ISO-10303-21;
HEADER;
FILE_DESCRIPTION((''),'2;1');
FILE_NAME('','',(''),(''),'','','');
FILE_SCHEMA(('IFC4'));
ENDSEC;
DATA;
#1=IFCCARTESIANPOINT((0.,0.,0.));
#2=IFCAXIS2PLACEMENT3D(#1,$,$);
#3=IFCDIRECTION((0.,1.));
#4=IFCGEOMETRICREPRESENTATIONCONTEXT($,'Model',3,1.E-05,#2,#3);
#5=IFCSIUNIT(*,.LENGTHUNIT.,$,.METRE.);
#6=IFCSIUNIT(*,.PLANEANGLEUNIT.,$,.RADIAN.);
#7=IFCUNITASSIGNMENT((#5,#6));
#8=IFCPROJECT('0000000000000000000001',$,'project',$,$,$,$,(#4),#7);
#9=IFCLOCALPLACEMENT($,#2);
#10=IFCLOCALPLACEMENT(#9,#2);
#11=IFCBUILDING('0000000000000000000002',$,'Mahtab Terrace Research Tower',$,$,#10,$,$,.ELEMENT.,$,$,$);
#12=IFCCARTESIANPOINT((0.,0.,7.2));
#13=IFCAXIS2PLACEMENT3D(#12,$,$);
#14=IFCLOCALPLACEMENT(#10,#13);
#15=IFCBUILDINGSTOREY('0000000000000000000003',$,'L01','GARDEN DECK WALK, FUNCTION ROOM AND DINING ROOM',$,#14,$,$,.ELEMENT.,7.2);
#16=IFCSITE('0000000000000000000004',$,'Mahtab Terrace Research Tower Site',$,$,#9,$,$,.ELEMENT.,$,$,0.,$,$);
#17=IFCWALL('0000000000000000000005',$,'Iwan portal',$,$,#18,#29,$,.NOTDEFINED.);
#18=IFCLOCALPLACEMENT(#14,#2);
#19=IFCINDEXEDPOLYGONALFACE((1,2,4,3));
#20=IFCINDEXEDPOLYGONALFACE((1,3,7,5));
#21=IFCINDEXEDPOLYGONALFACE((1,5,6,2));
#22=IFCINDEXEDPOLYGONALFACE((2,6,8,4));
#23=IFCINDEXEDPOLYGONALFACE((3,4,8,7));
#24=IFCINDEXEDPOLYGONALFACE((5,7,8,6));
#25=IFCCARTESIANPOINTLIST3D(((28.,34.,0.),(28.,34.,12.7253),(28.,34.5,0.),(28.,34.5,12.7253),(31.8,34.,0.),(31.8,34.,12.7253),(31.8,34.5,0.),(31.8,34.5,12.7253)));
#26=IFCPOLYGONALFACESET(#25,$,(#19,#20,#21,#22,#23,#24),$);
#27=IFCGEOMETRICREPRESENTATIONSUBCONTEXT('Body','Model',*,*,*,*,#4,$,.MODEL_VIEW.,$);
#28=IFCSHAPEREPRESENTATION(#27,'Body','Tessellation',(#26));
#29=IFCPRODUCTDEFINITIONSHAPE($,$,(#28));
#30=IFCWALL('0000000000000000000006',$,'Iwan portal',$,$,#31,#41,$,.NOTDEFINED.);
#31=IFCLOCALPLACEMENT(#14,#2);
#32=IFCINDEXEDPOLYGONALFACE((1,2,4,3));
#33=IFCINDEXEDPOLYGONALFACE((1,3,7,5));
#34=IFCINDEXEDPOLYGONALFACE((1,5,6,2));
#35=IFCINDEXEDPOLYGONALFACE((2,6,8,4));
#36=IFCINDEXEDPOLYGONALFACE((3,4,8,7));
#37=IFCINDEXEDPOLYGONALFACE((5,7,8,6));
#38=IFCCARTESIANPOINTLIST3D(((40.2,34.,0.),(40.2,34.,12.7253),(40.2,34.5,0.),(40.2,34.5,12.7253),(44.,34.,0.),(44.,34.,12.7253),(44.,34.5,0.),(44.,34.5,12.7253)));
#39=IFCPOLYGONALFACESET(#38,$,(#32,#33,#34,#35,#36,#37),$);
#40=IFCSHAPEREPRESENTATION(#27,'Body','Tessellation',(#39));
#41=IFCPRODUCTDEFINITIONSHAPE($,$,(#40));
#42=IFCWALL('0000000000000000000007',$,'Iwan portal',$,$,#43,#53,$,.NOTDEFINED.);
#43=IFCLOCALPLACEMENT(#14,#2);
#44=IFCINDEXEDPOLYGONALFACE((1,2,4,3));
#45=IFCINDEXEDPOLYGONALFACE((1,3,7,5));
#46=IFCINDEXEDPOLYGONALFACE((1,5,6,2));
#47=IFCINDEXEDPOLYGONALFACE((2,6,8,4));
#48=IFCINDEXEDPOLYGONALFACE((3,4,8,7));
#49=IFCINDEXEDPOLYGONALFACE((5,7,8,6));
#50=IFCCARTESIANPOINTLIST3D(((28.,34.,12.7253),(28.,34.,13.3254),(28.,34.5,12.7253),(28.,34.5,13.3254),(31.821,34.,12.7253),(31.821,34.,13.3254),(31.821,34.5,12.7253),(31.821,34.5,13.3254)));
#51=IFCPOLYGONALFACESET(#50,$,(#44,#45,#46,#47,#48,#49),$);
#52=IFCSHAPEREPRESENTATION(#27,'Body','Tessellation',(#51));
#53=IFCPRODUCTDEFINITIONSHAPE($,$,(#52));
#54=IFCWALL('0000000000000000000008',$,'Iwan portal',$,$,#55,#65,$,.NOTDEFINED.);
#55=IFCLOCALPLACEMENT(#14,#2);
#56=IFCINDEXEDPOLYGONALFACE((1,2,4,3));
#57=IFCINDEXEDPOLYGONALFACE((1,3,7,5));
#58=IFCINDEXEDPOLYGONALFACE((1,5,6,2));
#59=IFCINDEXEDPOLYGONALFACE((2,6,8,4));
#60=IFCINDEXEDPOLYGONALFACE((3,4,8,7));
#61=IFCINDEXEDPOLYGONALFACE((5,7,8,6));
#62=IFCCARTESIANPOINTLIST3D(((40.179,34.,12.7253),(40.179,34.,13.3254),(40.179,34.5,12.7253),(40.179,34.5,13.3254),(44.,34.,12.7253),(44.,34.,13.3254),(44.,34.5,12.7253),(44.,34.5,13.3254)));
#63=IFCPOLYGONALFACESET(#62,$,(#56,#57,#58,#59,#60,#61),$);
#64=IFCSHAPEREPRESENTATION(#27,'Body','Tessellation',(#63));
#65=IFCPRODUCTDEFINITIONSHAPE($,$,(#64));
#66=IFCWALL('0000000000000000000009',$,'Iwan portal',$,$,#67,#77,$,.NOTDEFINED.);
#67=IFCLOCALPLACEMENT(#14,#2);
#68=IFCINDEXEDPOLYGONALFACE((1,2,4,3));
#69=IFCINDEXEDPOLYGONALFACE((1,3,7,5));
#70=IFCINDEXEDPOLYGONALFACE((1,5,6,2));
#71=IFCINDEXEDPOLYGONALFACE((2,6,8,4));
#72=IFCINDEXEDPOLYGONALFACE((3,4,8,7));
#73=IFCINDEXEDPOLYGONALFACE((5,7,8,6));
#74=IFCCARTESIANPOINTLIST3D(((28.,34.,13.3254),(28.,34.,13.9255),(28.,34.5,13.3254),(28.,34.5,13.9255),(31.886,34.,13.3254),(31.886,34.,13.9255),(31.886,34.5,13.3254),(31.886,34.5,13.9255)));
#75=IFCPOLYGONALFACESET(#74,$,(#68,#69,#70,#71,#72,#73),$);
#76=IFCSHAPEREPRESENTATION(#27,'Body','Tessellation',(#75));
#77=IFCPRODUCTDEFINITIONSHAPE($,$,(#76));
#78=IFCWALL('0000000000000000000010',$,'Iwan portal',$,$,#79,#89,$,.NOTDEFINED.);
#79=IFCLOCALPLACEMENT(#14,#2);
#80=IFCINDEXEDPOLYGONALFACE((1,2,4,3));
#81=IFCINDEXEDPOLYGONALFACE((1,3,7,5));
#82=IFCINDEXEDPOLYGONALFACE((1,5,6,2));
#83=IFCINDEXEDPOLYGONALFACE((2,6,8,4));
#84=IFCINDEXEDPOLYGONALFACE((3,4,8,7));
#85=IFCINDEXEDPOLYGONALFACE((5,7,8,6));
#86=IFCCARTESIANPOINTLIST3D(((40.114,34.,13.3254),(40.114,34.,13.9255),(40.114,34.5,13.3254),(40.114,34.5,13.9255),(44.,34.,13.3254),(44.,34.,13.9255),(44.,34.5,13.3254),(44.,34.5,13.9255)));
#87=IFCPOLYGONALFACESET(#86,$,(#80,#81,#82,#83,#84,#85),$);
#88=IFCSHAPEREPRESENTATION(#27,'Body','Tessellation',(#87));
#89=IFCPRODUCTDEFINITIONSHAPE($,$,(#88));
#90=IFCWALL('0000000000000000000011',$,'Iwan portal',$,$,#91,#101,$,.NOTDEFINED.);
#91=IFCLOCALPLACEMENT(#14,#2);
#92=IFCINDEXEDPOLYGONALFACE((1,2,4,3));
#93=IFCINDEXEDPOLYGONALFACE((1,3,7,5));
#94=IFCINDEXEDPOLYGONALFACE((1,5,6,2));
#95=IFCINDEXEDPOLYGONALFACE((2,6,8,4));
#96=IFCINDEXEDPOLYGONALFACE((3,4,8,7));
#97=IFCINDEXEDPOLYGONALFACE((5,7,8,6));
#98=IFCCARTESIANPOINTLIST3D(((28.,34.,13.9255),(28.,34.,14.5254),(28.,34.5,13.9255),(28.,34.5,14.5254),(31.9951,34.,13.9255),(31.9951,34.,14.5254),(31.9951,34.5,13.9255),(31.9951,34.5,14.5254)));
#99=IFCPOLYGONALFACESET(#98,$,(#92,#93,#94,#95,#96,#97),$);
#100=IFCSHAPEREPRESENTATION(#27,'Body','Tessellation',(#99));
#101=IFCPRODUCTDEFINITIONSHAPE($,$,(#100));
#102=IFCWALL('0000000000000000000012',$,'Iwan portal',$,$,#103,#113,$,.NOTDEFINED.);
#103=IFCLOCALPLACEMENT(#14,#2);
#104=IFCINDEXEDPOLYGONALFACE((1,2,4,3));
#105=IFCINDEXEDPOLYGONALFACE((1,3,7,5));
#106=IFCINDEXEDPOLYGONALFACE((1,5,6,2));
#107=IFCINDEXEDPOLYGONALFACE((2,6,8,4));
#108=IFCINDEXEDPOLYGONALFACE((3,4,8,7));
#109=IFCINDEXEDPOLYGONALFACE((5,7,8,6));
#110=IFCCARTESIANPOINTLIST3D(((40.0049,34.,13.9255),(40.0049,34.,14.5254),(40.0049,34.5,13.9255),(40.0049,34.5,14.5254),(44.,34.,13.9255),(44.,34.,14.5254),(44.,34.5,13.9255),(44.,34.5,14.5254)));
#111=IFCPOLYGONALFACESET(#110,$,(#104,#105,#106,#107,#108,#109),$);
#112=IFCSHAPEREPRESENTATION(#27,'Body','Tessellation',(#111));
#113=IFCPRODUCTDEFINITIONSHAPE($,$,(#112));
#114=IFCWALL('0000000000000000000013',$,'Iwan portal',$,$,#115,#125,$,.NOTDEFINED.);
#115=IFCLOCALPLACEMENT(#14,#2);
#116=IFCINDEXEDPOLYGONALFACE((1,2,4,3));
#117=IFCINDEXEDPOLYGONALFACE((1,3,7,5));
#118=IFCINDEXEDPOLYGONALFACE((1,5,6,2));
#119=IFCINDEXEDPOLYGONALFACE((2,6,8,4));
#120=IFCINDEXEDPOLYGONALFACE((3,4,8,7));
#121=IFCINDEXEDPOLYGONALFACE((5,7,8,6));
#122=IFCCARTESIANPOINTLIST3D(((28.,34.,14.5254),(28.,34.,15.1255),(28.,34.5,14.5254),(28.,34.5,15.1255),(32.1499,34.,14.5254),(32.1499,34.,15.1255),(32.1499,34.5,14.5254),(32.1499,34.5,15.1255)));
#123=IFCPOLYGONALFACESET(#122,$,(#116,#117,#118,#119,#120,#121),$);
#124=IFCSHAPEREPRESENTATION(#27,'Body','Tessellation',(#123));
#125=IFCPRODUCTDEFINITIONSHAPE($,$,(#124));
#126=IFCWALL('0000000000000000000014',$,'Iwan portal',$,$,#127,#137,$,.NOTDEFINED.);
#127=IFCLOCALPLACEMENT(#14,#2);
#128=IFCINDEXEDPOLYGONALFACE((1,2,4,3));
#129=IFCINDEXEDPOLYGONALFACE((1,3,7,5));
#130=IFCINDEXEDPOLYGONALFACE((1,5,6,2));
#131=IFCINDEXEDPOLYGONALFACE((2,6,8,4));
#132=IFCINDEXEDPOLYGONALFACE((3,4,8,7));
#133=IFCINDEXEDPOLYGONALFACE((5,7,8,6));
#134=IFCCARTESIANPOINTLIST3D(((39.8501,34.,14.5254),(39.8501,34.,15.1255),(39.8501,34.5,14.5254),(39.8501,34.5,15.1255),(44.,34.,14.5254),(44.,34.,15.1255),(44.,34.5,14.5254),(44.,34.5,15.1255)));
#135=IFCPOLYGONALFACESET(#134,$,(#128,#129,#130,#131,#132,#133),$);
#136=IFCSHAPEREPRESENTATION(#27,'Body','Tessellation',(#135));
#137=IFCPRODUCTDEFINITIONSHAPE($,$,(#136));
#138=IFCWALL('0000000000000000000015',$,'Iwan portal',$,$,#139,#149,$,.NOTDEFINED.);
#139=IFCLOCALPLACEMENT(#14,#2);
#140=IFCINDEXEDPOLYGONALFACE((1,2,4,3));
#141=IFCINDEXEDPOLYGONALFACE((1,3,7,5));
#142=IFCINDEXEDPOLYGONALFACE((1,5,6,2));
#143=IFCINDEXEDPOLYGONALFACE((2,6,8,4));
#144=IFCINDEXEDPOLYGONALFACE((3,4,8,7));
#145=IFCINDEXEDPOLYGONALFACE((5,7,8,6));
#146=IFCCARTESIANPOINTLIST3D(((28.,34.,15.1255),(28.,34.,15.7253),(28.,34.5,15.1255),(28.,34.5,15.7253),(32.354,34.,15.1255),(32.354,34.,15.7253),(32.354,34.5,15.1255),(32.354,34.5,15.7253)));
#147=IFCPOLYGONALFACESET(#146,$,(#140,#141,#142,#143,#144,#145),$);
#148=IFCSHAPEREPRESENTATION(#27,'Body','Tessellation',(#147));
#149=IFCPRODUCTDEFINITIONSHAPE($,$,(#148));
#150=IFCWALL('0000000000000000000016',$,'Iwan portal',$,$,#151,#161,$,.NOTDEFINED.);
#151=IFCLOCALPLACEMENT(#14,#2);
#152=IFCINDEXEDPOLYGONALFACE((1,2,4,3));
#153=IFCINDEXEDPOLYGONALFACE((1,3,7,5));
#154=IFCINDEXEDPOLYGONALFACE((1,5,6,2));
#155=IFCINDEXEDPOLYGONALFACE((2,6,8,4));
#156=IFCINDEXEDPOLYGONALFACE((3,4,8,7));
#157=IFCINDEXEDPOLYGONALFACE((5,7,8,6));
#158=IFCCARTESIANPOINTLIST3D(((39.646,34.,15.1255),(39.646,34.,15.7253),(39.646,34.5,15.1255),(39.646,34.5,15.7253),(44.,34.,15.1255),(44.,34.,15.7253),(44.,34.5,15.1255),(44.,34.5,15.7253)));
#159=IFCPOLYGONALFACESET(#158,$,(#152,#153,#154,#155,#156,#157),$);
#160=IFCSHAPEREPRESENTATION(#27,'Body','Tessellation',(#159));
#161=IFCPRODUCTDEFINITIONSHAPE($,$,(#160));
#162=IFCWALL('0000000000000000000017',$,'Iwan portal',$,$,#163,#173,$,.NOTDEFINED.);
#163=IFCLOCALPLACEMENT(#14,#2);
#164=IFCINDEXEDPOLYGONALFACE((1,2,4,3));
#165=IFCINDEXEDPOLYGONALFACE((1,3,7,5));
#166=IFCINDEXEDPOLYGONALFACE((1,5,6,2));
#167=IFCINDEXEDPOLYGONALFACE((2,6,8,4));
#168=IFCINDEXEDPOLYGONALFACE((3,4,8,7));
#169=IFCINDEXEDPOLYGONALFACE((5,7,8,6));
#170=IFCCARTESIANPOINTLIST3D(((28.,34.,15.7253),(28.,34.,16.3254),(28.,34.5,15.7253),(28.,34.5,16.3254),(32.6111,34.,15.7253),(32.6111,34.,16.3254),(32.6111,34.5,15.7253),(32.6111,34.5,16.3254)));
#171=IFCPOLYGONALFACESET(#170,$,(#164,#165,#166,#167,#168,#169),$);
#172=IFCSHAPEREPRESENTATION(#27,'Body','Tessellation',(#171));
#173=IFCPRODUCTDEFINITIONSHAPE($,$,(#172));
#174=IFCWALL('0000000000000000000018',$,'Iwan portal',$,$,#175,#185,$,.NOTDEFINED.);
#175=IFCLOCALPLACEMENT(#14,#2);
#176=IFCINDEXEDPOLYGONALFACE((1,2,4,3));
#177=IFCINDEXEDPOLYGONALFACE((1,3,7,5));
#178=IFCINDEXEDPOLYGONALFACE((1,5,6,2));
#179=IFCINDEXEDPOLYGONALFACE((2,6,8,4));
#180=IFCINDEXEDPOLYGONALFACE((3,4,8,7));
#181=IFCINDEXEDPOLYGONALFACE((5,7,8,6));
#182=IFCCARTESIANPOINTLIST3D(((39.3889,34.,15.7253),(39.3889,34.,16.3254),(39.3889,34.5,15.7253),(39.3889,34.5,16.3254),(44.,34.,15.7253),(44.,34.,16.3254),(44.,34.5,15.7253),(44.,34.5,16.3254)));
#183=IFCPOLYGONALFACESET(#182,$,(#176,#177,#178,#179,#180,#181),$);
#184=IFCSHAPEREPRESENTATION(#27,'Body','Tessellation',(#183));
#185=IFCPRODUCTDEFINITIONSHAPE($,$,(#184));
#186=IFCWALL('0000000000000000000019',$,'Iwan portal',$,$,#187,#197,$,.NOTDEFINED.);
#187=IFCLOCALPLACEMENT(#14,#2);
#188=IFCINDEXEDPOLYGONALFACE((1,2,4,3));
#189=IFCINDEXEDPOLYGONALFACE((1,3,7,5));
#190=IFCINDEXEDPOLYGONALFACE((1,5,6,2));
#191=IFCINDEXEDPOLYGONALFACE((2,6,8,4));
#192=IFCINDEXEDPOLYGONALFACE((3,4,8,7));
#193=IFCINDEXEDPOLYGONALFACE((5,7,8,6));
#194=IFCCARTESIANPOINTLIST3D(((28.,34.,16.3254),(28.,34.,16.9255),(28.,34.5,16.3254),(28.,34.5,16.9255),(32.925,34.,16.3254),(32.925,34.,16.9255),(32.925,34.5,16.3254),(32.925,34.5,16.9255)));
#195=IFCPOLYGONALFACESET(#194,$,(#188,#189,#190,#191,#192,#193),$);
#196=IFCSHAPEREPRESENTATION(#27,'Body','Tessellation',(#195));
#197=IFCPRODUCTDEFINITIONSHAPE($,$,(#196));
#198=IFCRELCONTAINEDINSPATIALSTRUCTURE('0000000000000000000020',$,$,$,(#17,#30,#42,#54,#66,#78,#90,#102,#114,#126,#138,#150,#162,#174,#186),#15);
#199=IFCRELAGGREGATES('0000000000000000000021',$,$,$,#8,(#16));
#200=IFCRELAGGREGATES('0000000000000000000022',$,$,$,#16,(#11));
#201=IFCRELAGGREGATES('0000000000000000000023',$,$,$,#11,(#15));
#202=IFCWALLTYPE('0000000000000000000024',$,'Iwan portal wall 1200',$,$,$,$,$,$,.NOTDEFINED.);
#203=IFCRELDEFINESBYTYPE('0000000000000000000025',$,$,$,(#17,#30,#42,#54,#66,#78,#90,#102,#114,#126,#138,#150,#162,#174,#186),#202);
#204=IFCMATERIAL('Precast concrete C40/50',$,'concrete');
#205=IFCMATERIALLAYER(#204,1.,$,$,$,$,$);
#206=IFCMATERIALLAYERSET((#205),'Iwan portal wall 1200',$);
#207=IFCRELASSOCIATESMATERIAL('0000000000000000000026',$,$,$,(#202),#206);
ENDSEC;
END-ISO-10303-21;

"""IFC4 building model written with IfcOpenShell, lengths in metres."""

from ifc_helpers import new_model, si_unit, direction, frame, origin, place, context, subcontext, project, spatial, polyline, outline, extrude, material, layer, layer_set, type_object, element, save


model = new_model("IFC4")

# Units and contexts
model_context = context("Model", 3, precision=1e-05, world=origin(), true_north=direction((0.0, 1.0)))
body_context = subcontext(model_context, "Body", "Model", "MODEL_VIEW")
ifc_project = project(units=[si_unit("LENGTHUNIT", "METRE"), si_unit("PLANEANGLEUNIT", "RADIAN")], contexts=[model_context])

# Site, building, storey
site_placement = place(None, origin())
site = spatial("IfcSite", under=ifc_project, at=site_placement, Name="Mahtab Terrace Research Tower Site", CompositionType="ELEMENT", RefElevation=0.0)
building_placement = place(site_placement, origin())
building = spatial("IfcBuilding", under=site, at=building_placement, Name="Mahtab Terrace Research Tower", CompositionType="ELEMENT")
storey_placement = place(building_placement, frame((0.0, 0.0, 7.2)))
storey = spatial("IfcBuildingStorey", under=building, at=storey_placement, Name="L01", Description="GARDEN DECK WALK, FUNCTION ROOM AND DINING ROOM", CompositionType="ELEMENT", Elevation=7.2)

# Walls
ifc_material = material(Name="Precast concrete C40/50", Category="concrete")
ifc_layer = layer(ifc_material, 1.0)
ifc_layer_set = layer_set([ifc_layer], Name="Iwan portal wall 1200")
wall_type = type_object("IfcWallType", Name="Iwan portal wall 1200", PredefinedType="NOTDEFINED", material=ifc_layer_set)
wall_1_placement = place(storey_placement, origin())
element("IfcWall", 1, at=wall_1_placement, inside=storey, type_object=wall_type, Name="Iwan portal", PredefinedType="NOTDEFINED", context=body_context, shape_type="SweptSolid", body=[
    extrude(outline(polyline([(28.0, 34.0), (31.8, 34.0), (31.8, 34.5), (28.0, 34.5), (28.0, 34.0)])), origin(), (0.0, 0.0, 1.0), 12.7253),
])
wall_2_placement = place(storey_placement, origin())
element("IfcWall", 2, at=wall_2_placement, inside=storey, type_object=wall_type, Name="Iwan portal", PredefinedType="NOTDEFINED", context=body_context, shape_type="SweptSolid", body=[
    extrude(outline(polyline([(40.2, 34.0), (44.0, 34.0), (44.0, 34.5), (40.2, 34.5), (40.2, 34.0)])), origin(), (0.0, 0.0, 1.0), 12.7253),
])
wall_3_placement = place(storey_placement, frame((0.0, 0.0, 12.7253)))
element("IfcWall", 3, at=wall_3_placement, inside=storey, type_object=wall_type, Name="Iwan portal", PredefinedType="NOTDEFINED", context=body_context, shape_type="SweptSolid", body=[
    extrude(outline(polyline([(28.0, 34.0), (31.821, 34.0), (31.821, 34.5), (28.0, 34.5), (28.0, 34.0)])), origin(), (0.0, 0.0, 1.0), 0.6001),
])
wall_4_placement = place(storey_placement, frame((0.0, 0.0, 12.7253)))
element("IfcWall", 4, at=wall_4_placement, inside=storey, type_object=wall_type, Name="Iwan portal", PredefinedType="NOTDEFINED", context=body_context, shape_type="SweptSolid", body=[
    extrude(outline(polyline([(40.179, 34.0), (44.0, 34.0), (44.0, 34.5), (40.179, 34.5), (40.179, 34.0)])), origin(), (0.0, 0.0, 1.0), 0.6001),
])
wall_5_placement = place(storey_placement, frame((0.0, 0.0, 13.3254)))
element("IfcWall", 5, at=wall_5_placement, inside=storey, type_object=wall_type, Name="Iwan portal", PredefinedType="NOTDEFINED", context=body_context, shape_type="SweptSolid", body=[
    extrude(outline(polyline([(28.0, 34.0), (31.886, 34.0), (31.886, 34.5), (28.0, 34.5), (28.0, 34.0)])), origin(), (0.0, 0.0, 1.0), 0.6001),
])
wall_6_placement = place(storey_placement, frame((0.0, 0.0, 13.3254)))
element("IfcWall", 6, at=wall_6_placement, inside=storey, type_object=wall_type, Name="Iwan portal", PredefinedType="NOTDEFINED", context=body_context, shape_type="SweptSolid", body=[
    extrude(outline(polyline([(40.114, 34.0), (44.0, 34.0), (44.0, 34.5), (40.114, 34.5), (40.114, 34.0)])), origin(), (0.0, 0.0, 1.0), 0.6001),
])
wall_7_placement = place(storey_placement, frame((0.0, 0.0, 13.9255)))
element("IfcWall", 7, at=wall_7_placement, inside=storey, type_object=wall_type, Name="Iwan portal", PredefinedType="NOTDEFINED", context=body_context, shape_type="SweptSolid", body=[
    extrude(outline(polyline([(28.0, 34.0), (31.9951, 34.0), (31.9951, 34.5), (28.0, 34.5), (28.0, 34.0)])), origin(), (0.0, 0.0, 1.0), 0.5999),
])
wall_8_placement = place(storey_placement, frame((0.0, 0.0, 13.9255)))
element("IfcWall", 8, at=wall_8_placement, inside=storey, type_object=wall_type, Name="Iwan portal", PredefinedType="NOTDEFINED", context=body_context, shape_type="SweptSolid", body=[
    extrude(outline(polyline([(40.0049, 34.0), (44.0, 34.0), (44.0, 34.5), (40.0049, 34.5), (40.0049, 34.0)])), origin(), (0.0, 0.0, 1.0), 0.5999),
])
wall_9_placement = place(storey_placement, frame((0.0, 0.0, 14.5254)))
element("IfcWall", 9, at=wall_9_placement, inside=storey, type_object=wall_type, Name="Iwan portal", PredefinedType="NOTDEFINED", context=body_context, shape_type="SweptSolid", body=[
    extrude(outline(polyline([(28.0, 34.0), (32.1499, 34.0), (32.1499, 34.5), (28.0, 34.5), (28.0, 34.0)])), origin(), (0.0, 0.0, 1.0), 0.6001),
])
wall_10_placement = place(storey_placement, frame((0.0, 0.0, 14.5254)))
element("IfcWall", 10, at=wall_10_placement, inside=storey, type_object=wall_type, Name="Iwan portal", PredefinedType="NOTDEFINED", context=body_context, shape_type="SweptSolid", body=[
    extrude(outline(polyline([(39.8501, 34.0), (44.0, 34.0), (44.0, 34.5), (39.8501, 34.5), (39.8501, 34.0)])), origin(), (0.0, 0.0, 1.0), 0.6001),
])
wall_11_placement = place(storey_placement, frame((0.0, 0.0, 15.1255)))
element("IfcWall", 11, at=wall_11_placement, inside=storey, type_object=wall_type, Name="Iwan portal", PredefinedType="NOTDEFINED", context=body_context, shape_type="SweptSolid", body=[
    extrude(outline(polyline([(28.0, 34.0), (32.354, 34.0), (32.354, 34.5), (28.0, 34.5), (28.0, 34.0)])), origin(), (0.0, 0.0, 1.0), 0.5999),
])
wall_12_placement = place(storey_placement, frame((0.0, 0.0, 15.1255)))
element("IfcWall", 12, at=wall_12_placement, inside=storey, type_object=wall_type, Name="Iwan portal", PredefinedType="NOTDEFINED", context=body_context, shape_type="SweptSolid", body=[
    extrude(outline(polyline([(39.646, 34.0), (44.0, 34.0), (44.0, 34.5), (39.646, 34.5), (39.646, 34.0)])), origin(), (0.0, 0.0, 1.0), 0.5999),
])
wall_13_placement = place(storey_placement, frame((0.0, 0.0, 15.7253)))
element("IfcWall", 13, at=wall_13_placement, inside=storey, type_object=wall_type, Name="Iwan portal", PredefinedType="NOTDEFINED", context=body_context, shape_type="SweptSolid", body=[
    extrude(outline(polyline([(28.0, 34.0), (32.6111, 34.0), (32.6111, 34.5), (28.0, 34.5), (28.0, 34.0)])), origin(), (0.0, 0.0, 1.0), 0.6001),
])
wall_14_placement = place(storey_placement, frame((0.0, 0.0, 15.7253)))
element("IfcWall", 14, at=wall_14_placement, inside=storey, type_object=wall_type, Name="Iwan portal", PredefinedType="NOTDEFINED", context=body_context, shape_type="SweptSolid", body=[
    extrude(outline(polyline([(39.3889, 34.0), (44.0, 34.0), (44.0, 34.5), (39.3889, 34.5), (39.3889, 34.0)])), origin(), (0.0, 0.0, 1.0), 0.6001),
])
wall_15_placement = place(storey_placement, frame((0.0, 0.0, 16.3254)))
element("IfcWall", 15, at=wall_15_placement, inside=storey, type_object=wall_type, Name="Iwan portal", PredefinedType="NOTDEFINED", context=body_context, shape_type="SweptSolid", body=[
    extrude(outline(polyline([(28.0, 34.0), (32.925, 34.0), (32.925, 34.5), (28.0, 34.5), (28.0, 34.0)])), origin(), (0.0, 0.0, 1.0), 0.6001),
])

save(model, "model.ifc")
